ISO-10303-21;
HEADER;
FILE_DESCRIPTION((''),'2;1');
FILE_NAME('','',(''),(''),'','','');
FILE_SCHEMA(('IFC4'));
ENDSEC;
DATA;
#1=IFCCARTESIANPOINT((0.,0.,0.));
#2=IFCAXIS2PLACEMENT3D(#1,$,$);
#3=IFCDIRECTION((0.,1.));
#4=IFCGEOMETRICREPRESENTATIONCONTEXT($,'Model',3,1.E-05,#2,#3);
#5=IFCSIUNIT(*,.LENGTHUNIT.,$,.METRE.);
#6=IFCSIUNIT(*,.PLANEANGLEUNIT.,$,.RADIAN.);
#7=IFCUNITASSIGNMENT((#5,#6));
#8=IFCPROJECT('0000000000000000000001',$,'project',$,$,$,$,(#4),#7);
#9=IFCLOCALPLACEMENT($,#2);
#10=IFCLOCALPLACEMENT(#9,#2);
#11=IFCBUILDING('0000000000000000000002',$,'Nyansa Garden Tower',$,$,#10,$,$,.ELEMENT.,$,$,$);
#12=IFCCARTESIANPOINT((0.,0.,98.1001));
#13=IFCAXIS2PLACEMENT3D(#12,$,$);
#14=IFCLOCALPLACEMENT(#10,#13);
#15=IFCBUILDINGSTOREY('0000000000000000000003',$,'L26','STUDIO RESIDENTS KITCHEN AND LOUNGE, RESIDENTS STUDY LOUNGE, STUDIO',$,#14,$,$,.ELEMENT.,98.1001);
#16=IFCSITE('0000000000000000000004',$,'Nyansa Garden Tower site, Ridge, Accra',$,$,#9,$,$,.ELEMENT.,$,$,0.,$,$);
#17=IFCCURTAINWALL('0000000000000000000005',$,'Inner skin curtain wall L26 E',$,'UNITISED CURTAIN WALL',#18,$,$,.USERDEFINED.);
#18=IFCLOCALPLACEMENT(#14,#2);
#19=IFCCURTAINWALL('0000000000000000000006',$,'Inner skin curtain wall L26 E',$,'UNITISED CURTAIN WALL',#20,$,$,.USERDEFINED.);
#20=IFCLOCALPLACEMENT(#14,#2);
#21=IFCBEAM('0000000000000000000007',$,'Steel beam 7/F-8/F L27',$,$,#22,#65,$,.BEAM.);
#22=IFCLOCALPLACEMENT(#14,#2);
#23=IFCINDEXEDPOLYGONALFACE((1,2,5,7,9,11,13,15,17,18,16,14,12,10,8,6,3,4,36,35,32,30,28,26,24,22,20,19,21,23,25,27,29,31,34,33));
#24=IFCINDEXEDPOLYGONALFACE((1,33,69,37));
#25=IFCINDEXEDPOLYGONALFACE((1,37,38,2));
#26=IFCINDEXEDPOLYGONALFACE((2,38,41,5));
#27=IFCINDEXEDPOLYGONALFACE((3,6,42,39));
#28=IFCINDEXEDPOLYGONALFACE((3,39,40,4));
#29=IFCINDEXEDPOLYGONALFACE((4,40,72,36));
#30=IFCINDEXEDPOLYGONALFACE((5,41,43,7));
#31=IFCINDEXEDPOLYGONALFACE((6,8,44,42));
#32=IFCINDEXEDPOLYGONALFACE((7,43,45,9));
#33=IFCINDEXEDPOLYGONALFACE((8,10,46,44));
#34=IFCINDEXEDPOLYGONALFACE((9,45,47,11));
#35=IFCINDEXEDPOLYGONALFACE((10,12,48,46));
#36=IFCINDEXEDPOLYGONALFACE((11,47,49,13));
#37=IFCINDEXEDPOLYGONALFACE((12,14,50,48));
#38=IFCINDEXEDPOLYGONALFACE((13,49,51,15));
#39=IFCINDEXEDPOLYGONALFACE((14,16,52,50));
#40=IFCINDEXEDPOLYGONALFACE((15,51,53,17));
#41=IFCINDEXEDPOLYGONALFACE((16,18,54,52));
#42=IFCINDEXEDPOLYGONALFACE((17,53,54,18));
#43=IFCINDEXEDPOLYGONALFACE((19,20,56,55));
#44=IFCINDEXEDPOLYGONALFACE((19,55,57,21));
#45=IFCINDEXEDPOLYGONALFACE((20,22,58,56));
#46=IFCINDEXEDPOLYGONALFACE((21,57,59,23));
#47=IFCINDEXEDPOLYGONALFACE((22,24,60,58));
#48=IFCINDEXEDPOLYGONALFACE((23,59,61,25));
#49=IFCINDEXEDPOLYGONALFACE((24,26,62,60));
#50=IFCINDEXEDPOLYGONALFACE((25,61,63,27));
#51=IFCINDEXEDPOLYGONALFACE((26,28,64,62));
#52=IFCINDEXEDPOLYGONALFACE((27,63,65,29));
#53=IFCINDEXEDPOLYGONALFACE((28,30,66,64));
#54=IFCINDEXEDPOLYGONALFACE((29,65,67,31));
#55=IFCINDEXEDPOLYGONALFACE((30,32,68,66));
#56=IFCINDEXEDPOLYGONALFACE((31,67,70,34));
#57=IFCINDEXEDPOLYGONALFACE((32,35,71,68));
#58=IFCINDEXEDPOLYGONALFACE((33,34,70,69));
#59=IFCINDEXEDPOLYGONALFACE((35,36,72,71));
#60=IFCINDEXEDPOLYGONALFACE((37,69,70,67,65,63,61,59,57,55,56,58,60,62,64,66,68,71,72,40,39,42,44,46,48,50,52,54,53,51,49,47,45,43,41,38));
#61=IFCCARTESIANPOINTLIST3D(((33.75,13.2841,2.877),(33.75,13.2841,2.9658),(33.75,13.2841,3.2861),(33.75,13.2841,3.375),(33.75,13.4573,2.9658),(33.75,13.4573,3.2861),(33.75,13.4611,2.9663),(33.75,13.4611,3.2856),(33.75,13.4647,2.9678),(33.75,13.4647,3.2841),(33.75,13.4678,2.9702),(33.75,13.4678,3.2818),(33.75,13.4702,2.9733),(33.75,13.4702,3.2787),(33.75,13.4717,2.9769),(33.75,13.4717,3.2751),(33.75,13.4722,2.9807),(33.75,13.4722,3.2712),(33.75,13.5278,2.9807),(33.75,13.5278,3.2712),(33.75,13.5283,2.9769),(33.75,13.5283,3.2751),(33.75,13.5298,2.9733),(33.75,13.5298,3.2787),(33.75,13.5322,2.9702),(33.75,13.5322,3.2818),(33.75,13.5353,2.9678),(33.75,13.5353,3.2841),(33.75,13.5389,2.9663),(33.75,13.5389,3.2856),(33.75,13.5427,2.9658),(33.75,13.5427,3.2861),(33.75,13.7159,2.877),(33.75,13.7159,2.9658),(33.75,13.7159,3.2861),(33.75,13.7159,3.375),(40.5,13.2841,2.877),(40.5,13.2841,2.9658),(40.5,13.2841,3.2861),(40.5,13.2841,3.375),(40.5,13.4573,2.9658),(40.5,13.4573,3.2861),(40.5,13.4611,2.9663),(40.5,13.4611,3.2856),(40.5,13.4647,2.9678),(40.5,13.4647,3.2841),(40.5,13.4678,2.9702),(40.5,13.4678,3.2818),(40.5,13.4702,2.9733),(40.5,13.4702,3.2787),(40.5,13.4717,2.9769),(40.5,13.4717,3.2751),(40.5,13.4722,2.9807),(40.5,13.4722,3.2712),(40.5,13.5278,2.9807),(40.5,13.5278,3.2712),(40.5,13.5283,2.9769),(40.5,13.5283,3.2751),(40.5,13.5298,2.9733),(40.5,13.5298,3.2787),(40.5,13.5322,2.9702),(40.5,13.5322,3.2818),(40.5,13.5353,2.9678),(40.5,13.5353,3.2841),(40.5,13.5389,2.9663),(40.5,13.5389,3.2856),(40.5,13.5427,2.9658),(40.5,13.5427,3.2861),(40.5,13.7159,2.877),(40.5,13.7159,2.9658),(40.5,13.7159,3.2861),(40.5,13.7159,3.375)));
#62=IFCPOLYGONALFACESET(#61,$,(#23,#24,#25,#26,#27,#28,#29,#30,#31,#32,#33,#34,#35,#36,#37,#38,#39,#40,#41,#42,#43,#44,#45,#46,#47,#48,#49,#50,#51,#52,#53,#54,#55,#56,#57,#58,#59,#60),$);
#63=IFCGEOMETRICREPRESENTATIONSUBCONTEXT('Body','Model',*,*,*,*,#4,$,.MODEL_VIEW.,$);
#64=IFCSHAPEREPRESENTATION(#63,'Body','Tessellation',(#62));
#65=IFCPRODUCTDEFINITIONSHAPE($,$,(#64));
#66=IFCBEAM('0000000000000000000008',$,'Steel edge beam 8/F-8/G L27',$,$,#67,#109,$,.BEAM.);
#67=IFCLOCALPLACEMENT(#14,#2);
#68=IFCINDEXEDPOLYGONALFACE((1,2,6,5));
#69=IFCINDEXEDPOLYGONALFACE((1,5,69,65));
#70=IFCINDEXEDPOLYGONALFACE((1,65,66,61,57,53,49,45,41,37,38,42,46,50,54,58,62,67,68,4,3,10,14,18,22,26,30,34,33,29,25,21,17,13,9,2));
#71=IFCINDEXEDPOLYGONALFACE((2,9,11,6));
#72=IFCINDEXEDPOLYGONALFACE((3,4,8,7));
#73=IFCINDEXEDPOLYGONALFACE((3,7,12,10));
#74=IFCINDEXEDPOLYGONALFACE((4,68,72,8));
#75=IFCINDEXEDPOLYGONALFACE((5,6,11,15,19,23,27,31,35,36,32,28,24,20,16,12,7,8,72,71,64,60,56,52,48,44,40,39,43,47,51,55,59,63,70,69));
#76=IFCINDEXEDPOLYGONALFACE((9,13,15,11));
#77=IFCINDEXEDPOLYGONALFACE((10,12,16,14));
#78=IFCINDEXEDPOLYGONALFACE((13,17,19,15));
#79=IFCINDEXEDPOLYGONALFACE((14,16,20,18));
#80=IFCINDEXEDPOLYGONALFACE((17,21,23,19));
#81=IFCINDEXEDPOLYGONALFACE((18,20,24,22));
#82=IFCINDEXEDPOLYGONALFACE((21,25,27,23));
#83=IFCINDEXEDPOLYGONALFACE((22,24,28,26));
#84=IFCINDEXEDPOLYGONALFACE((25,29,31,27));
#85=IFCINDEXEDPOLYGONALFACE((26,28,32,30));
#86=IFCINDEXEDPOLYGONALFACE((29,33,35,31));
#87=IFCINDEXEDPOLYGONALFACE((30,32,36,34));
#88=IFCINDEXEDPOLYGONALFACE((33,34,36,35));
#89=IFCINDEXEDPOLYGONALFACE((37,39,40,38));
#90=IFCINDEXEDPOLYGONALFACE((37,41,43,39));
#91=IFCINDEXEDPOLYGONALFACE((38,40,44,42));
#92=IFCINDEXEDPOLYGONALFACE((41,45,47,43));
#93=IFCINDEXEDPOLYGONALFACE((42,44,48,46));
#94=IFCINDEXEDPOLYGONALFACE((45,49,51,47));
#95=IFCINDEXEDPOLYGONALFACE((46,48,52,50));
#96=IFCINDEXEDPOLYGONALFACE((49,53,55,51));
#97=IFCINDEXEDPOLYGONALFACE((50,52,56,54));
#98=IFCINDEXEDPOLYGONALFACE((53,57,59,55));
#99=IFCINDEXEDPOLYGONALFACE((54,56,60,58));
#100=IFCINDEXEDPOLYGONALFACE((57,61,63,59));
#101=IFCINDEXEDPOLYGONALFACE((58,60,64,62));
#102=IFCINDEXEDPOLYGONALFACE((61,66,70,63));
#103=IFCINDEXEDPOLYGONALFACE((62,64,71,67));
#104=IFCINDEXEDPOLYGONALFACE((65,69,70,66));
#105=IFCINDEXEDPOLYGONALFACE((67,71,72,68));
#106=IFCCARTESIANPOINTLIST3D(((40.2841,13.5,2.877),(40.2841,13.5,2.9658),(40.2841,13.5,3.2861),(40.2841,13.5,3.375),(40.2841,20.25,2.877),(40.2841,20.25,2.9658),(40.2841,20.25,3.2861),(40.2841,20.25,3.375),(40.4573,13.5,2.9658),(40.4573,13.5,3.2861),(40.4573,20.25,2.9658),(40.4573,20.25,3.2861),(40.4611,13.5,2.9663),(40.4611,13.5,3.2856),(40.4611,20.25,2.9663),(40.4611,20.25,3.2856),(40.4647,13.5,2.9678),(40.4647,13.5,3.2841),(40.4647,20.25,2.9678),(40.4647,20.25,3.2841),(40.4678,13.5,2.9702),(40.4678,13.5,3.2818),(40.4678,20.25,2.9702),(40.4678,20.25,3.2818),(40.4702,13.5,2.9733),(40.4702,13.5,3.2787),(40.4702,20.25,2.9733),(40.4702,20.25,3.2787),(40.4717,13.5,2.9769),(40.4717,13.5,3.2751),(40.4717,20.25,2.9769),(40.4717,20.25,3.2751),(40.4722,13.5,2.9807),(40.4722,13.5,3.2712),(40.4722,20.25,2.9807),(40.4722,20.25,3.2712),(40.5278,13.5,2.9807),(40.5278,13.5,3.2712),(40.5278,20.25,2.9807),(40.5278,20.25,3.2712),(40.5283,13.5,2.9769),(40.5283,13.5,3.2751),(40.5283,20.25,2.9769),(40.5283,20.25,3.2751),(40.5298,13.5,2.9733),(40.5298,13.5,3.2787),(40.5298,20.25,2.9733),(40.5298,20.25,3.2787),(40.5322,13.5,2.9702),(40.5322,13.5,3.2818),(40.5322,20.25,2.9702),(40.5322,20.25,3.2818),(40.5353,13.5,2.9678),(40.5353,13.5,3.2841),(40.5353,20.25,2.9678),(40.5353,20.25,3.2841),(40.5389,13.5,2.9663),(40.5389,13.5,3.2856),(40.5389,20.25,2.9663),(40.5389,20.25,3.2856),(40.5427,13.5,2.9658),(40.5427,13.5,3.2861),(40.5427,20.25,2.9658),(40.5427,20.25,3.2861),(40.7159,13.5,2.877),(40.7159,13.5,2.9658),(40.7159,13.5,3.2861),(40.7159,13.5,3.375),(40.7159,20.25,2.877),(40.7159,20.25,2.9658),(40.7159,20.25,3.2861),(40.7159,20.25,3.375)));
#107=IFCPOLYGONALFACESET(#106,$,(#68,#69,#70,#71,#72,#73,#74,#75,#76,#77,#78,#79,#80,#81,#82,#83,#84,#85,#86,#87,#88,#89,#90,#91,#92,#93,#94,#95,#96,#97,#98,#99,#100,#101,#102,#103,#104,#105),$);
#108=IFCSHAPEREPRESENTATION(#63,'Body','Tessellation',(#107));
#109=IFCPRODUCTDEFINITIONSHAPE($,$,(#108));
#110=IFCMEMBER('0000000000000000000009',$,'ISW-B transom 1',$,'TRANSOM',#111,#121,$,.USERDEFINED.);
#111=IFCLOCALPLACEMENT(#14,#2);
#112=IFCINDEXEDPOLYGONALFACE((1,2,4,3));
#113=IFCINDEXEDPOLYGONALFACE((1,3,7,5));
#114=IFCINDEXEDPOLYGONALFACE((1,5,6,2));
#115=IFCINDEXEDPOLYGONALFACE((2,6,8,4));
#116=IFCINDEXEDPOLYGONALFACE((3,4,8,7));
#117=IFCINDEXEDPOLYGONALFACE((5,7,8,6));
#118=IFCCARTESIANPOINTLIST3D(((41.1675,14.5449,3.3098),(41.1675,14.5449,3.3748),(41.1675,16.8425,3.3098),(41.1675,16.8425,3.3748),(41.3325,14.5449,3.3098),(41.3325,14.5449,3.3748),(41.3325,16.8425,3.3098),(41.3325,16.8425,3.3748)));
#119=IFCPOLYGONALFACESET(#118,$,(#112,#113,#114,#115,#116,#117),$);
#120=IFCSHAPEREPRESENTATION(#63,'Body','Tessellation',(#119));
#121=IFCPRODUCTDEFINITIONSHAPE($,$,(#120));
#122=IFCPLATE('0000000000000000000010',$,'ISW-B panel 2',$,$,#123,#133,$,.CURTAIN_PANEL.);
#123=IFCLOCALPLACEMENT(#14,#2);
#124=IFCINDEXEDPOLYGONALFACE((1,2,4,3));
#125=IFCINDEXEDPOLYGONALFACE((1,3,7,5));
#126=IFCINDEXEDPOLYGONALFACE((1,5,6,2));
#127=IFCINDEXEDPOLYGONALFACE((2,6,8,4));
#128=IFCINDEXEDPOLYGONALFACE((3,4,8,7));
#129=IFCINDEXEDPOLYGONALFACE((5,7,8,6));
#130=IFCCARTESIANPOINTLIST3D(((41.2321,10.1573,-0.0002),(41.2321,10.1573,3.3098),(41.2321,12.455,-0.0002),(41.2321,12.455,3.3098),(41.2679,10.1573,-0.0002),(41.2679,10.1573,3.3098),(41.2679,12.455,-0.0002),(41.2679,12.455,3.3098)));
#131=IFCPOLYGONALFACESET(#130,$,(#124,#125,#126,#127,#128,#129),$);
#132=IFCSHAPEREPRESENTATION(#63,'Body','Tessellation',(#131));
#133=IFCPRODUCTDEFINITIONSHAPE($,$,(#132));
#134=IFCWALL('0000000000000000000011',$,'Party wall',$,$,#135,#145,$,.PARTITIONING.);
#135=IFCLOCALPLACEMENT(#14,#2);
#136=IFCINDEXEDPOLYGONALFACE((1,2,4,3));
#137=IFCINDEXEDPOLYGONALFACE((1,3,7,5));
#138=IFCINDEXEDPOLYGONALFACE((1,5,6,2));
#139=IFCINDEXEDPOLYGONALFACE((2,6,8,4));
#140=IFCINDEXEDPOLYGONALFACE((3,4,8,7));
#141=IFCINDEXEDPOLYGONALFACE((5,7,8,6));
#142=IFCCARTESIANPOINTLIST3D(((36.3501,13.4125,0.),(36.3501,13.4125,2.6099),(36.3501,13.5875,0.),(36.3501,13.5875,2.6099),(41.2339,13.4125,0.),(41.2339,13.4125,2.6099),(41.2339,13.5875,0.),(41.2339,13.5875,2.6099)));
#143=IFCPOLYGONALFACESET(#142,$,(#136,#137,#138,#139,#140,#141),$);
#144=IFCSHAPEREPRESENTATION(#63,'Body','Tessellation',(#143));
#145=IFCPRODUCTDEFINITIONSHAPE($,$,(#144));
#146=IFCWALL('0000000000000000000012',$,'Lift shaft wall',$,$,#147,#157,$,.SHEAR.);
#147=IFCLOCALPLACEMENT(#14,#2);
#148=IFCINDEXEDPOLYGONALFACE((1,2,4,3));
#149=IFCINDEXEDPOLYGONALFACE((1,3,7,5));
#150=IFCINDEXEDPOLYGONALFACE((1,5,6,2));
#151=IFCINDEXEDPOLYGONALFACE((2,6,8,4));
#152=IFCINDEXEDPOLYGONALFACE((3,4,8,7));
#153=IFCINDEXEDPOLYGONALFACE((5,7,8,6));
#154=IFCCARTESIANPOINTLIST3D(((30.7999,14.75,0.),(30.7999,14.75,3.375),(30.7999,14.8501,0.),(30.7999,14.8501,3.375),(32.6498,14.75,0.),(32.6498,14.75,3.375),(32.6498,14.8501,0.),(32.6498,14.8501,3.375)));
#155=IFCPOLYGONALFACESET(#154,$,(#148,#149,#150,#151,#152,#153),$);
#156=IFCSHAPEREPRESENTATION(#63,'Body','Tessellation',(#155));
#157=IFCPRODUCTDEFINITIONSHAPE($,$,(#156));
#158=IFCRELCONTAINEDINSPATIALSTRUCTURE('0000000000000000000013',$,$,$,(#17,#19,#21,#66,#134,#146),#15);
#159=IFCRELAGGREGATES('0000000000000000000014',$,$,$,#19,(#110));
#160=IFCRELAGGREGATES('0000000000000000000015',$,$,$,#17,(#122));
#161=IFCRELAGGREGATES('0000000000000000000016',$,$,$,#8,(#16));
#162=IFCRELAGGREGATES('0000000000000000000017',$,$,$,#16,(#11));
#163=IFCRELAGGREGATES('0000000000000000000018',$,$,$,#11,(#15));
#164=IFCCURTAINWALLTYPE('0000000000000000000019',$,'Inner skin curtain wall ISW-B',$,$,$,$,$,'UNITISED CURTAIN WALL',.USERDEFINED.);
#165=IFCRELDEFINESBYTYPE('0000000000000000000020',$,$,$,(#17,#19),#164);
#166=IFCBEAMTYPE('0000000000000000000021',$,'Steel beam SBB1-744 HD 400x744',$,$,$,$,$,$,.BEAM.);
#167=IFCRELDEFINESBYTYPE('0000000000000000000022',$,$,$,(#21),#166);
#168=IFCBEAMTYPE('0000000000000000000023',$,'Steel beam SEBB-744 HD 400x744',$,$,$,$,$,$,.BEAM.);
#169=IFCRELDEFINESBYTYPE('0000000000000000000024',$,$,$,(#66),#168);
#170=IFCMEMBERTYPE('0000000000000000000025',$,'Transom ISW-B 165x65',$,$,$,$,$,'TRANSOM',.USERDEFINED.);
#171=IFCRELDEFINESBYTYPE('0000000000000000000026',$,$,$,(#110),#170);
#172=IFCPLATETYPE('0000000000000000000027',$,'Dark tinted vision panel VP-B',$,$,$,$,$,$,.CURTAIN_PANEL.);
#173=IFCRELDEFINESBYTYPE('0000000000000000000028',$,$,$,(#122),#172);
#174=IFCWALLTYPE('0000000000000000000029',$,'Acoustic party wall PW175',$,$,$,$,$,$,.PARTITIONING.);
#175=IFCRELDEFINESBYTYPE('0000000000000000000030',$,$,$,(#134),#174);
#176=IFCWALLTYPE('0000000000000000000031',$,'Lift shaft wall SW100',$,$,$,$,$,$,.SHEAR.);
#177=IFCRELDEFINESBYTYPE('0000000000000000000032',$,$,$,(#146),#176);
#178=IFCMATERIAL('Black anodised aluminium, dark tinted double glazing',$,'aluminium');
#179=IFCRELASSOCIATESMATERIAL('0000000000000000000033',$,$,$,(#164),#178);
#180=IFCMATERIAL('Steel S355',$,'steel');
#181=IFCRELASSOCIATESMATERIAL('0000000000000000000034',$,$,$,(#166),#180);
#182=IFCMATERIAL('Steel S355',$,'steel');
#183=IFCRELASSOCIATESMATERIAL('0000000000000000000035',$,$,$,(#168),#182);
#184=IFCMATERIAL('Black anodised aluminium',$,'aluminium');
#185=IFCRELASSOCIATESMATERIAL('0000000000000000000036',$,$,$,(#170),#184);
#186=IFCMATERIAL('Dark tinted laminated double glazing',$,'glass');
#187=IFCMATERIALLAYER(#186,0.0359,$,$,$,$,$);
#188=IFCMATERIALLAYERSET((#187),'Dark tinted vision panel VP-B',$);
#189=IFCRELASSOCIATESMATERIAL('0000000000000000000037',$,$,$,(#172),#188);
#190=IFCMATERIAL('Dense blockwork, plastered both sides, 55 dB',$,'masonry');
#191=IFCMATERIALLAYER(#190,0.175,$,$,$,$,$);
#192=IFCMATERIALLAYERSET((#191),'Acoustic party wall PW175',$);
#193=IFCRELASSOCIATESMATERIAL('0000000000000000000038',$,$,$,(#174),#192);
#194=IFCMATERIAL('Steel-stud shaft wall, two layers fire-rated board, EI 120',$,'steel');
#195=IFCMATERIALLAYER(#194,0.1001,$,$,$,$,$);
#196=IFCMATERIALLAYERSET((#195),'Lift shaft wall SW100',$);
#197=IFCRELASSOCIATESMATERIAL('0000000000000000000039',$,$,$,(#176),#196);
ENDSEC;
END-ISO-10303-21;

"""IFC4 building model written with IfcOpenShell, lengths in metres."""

from ifc_helpers import new_model, si_unit, direction, frame, frame_2d, origin, origin_2d, place, context, subcontext, project, spatial, rectangle, i_section, extrude, material, layer, layer_set, material_profile, profile_set, type_object, element, aggregate, save


model = new_model("IFC4")

# Units and contexts
model_context = context("Model", 3, precision=1e-05, world=origin(), true_north=direction((0.0, 1.0)))
body_context = subcontext(model_context, "Body", "Model", "MODEL_VIEW")
ifc_project = project(units=[si_unit("LENGTHUNIT", "METRE"), si_unit("PLANEANGLEUNIT", "RADIAN")], contexts=[model_context])

# Site, building, storey
site_placement = place(None, origin())
site = spatial("IfcSite", under=ifc_project, at=site_placement, Name="Nyansa Garden Tower site, Ridge, Accra", CompositionType="ELEMENT", RefElevation=0.0)
building_placement = place(site_placement, origin())
building = spatial("IfcBuilding", under=site, at=building_placement, Name="Nyansa Garden Tower", CompositionType="ELEMENT")
storey_placement = place(building_placement, frame((0.0, 0.0, 98.1001)))
storey = spatial("IfcBuildingStorey", under=building, at=storey_placement, Name="L26", Description="STUDIO RESIDENTS KITCHEN AND LOUNGE, RESIDENTS STUDY LOUNGE, STUDIO", CompositionType="ELEMENT", Elevation=98.1001)

# Curtain walls
ifc_material_1 = material(Name="Black anodised aluminium, dark tinted double glazing", Category="aluminium")
curtain_wall_type = type_object("IfcCurtainWallType", Name="Inner skin curtain wall ISW-B", ElementType="UNITISED CURTAIN WALL", PredefinedType="USERDEFINED", material=ifc_material_1)
curtain_wall_1_placement = place(storey_placement, origin())
curtain_wall_1 = element("IfcCurtainWall", 1, at=curtain_wall_1_placement, inside=storey, type_object=curtain_wall_type, Name="Inner skin curtain wall L26 E", ObjectType="UNITISED CURTAIN WALL", PredefinedType="USERDEFINED")
curtain_wall_2_placement = place(storey_placement, origin())
curtain_wall_2 = element("IfcCurtainWall", 2, at=curtain_wall_2_placement, inside=storey, type_object=curtain_wall_type, Name="Inner skin curtain wall L26 E", ObjectType="UNITISED CURTAIN WALL", PredefinedType="USERDEFINED")

# Beams
ifc_material_2 = material(Name="Steel S355", Category="steel")
ifc_material_profile_1 = material_profile(ifc_material_2, i_section(OverallWidth=0.4319, OverallDepth=0.498, WebThickness=0.0557, FlangeThickness=0.0889, FilletRadius=0.0149, at=origin_2d()), Name="HD 400x744")
ifc_profile_set_1 = profile_set([ifc_material_profile_1], Name="Steel S355")
beam_type_1 = type_object("IfcBeamType", Name="Steel beam SBB1-744 HD 400x744", PredefinedType="BEAM", material=ifc_profile_set_1)
for number, where, z_axis, x_axis, name in (
    (3, (33.75, 13.5, 3.126), (1.0, 0.0, 0.0), (0.0, 1.0, 0.0), "Steel beam 7/F-8/F L27"),
):
    element("IfcBeam", number, at=place(storey_placement, frame(where, z_axis=z_axis, x_axis=x_axis)), inside=storey, type_object=beam_type_1, Name=name, PredefinedType="BEAM", context=body_context, shape_type="SweptSolid", body=[
        extrude(i_section(OverallWidth=0.4319, OverallDepth=0.498, WebThickness=0.0557, FlangeThickness=0.0889, FilletRadius=0.0149, at=origin_2d()), origin(), (0.0, 0.0, 1.0), 6.75),
    ])
ifc_material_3 = material(Name="Steel S355", Category="steel")
ifc_material_profile_2 = material_profile(ifc_material_3, i_section(OverallWidth=0.4319, OverallDepth=0.498, WebThickness=0.0557, FlangeThickness=0.0889, FilletRadius=0.0149, at=origin_2d()), Name="HD 400x744")
ifc_profile_set_2 = profile_set([ifc_material_profile_2], Name="Steel S355")
beam_type_2 = type_object("IfcBeamType", Name="Steel beam SEBB-744 HD 400x744", PredefinedType="BEAM", material=ifc_profile_set_2)
beam_1_placement = place(storey_placement, frame((40.5, 13.5, 3.126), z_axis=(0.0, 1.0, 0.0), x_axis=(-1.0, 0.0, 0.0)))
element("IfcBeam", 4, at=beam_1_placement, inside=storey, type_object=beam_type_2, Name="Steel edge beam 8/F-8/G L27", PredefinedType="BEAM", context=body_context, shape_type="SweptSolid", body=[
    extrude(i_section(OverallWidth=0.4319, OverallDepth=0.498, WebThickness=0.0557, FlangeThickness=0.0889, FilletRadius=0.0149, at=origin_2d()), origin(), (0.0, 0.0, 1.0), 6.75),
])

# Member
ifc_material_4 = material(Name="Black anodised aluminium", Category="aluminium")
ifc_material_profile_3 = material_profile(ifc_material_4, rectangle(XDim=0.165, YDim=0.0649, at=origin_2d()), Name="Transom 165x65")
ifc_profile_set_3 = profile_set([ifc_material_profile_3], Name="Black anodised aluminium")
member_type_1 = type_object("IfcMemberType", Name="Transom ISW-B 165x65", ElementType="TRANSOM", PredefinedType="USERDEFINED", material=ifc_profile_set_3)
member_1_placement = place(storey_placement, frame((41.25, 14.5449, 3.3423), z_axis=(0.0, 1.0, 0.0), x_axis=(-1.0, 0.0, 0.0)))
member_1 = element("IfcMember", 5, at=member_1_placement, type_object=member_type_1, Name="ISW-B transom 1", ObjectType="TRANSOM", PredefinedType="USERDEFINED", context=body_context, shape_type="SweptSolid", body=[
    extrude(rectangle(XDim=0.165, YDim=0.0649, at=origin_2d()), origin(), (0.0, 0.0, 1.0), 2.2976),
])
aggregate(curtain_wall_2, [member_1])

# Plate
ifc_material_5 = material(Name="Dark tinted laminated double glazing", Category="glass")
ifc_layer_1 = layer(ifc_material_5, 0.0359)
ifc_layer_set_1 = layer_set([ifc_layer_1], Name="Dark tinted vision panel VP-B")
plate_type = type_object("IfcPlateType", Name="Dark tinted vision panel VP-B", PredefinedType="CURTAIN_PANEL", material=ifc_layer_set_1)
plate_placement = place(storey_placement, frame((41.25, 11.3062, -0.0002), z_axis=(0.0, 0.0, 1.0), x_axis=(0.0, 1.0, 0.0)))
plate = element("IfcPlate", 6, at=plate_placement, type_object=plate_type, Name="ISW-B panel 2", PredefinedType="CURTAIN_PANEL", context=body_context, shape_type="SweptSolid", body=[
    extrude(rectangle(XDim=2.2976, YDim=0.0359, at=origin_2d()), origin(), (0.0, 0.0, 1.0), 3.3101),
])
aggregate(curtain_wall_1, [plate])

# Walls
ifc_material_6 = material(Name="Dense blockwork, plastered both sides, 55 dB", Category="masonry")
ifc_layer_2 = layer(ifc_material_6, 0.175)
ifc_layer_set_2 = layer_set([ifc_layer_2], Name="Acoustic party wall PW175")
wall_type_1 = type_object("IfcWallType", Name="Acoustic party wall PW175", PredefinedType="PARTITIONING", material=ifc_layer_set_2)
wall_1_placement = place(storey_placement, frame((36.3501, 13.5, 0.0), z_axis=(0.0, 0.0, 1.0), x_axis=(1.0, 0.0, 0.0)))
element("IfcWall", 7, at=wall_1_placement, inside=storey, type_object=wall_type_1, Name="Party wall", PredefinedType="PARTITIONING", context=body_context, shape_type="SweptSolid", body=[
    extrude(rectangle(XDim=4.8838, YDim=0.175, at=frame_2d((2.4419, 0.0))), origin(), (0.0, 0.0, 1.0), 2.6099),
])
ifc_material_7 = material(Name="Steel-stud shaft wall, two layers fire-rated board, EI 120", Category="steel")
ifc_layer_3 = layer(ifc_material_7, 0.1001)
ifc_layer_set_3 = layer_set([ifc_layer_3], Name="Lift shaft wall SW100")
wall_type_2 = type_object("IfcWallType", Name="Lift shaft wall SW100", PredefinedType="SHEAR", material=ifc_layer_set_3)
wall_2_placement = place(storey_placement, frame((30.8, 14.8, 0.0), z_axis=(0.0, 0.0, 1.0), x_axis=(1.0, 0.0, 0.0)))
element("IfcWall", 8, at=wall_2_placement, inside=storey, type_object=wall_type_2, Name="Lift shaft wall", PredefinedType="SHEAR", context=body_context, shape_type="SweptSolid", body=[
    extrude(rectangle(XDim=1.8499, YDim=0.1001, at=frame_2d((0.9248, 0.0))), origin(), (0.0, 0.0, 1.0), 3.375),
])

save(model, "model.ifc")
